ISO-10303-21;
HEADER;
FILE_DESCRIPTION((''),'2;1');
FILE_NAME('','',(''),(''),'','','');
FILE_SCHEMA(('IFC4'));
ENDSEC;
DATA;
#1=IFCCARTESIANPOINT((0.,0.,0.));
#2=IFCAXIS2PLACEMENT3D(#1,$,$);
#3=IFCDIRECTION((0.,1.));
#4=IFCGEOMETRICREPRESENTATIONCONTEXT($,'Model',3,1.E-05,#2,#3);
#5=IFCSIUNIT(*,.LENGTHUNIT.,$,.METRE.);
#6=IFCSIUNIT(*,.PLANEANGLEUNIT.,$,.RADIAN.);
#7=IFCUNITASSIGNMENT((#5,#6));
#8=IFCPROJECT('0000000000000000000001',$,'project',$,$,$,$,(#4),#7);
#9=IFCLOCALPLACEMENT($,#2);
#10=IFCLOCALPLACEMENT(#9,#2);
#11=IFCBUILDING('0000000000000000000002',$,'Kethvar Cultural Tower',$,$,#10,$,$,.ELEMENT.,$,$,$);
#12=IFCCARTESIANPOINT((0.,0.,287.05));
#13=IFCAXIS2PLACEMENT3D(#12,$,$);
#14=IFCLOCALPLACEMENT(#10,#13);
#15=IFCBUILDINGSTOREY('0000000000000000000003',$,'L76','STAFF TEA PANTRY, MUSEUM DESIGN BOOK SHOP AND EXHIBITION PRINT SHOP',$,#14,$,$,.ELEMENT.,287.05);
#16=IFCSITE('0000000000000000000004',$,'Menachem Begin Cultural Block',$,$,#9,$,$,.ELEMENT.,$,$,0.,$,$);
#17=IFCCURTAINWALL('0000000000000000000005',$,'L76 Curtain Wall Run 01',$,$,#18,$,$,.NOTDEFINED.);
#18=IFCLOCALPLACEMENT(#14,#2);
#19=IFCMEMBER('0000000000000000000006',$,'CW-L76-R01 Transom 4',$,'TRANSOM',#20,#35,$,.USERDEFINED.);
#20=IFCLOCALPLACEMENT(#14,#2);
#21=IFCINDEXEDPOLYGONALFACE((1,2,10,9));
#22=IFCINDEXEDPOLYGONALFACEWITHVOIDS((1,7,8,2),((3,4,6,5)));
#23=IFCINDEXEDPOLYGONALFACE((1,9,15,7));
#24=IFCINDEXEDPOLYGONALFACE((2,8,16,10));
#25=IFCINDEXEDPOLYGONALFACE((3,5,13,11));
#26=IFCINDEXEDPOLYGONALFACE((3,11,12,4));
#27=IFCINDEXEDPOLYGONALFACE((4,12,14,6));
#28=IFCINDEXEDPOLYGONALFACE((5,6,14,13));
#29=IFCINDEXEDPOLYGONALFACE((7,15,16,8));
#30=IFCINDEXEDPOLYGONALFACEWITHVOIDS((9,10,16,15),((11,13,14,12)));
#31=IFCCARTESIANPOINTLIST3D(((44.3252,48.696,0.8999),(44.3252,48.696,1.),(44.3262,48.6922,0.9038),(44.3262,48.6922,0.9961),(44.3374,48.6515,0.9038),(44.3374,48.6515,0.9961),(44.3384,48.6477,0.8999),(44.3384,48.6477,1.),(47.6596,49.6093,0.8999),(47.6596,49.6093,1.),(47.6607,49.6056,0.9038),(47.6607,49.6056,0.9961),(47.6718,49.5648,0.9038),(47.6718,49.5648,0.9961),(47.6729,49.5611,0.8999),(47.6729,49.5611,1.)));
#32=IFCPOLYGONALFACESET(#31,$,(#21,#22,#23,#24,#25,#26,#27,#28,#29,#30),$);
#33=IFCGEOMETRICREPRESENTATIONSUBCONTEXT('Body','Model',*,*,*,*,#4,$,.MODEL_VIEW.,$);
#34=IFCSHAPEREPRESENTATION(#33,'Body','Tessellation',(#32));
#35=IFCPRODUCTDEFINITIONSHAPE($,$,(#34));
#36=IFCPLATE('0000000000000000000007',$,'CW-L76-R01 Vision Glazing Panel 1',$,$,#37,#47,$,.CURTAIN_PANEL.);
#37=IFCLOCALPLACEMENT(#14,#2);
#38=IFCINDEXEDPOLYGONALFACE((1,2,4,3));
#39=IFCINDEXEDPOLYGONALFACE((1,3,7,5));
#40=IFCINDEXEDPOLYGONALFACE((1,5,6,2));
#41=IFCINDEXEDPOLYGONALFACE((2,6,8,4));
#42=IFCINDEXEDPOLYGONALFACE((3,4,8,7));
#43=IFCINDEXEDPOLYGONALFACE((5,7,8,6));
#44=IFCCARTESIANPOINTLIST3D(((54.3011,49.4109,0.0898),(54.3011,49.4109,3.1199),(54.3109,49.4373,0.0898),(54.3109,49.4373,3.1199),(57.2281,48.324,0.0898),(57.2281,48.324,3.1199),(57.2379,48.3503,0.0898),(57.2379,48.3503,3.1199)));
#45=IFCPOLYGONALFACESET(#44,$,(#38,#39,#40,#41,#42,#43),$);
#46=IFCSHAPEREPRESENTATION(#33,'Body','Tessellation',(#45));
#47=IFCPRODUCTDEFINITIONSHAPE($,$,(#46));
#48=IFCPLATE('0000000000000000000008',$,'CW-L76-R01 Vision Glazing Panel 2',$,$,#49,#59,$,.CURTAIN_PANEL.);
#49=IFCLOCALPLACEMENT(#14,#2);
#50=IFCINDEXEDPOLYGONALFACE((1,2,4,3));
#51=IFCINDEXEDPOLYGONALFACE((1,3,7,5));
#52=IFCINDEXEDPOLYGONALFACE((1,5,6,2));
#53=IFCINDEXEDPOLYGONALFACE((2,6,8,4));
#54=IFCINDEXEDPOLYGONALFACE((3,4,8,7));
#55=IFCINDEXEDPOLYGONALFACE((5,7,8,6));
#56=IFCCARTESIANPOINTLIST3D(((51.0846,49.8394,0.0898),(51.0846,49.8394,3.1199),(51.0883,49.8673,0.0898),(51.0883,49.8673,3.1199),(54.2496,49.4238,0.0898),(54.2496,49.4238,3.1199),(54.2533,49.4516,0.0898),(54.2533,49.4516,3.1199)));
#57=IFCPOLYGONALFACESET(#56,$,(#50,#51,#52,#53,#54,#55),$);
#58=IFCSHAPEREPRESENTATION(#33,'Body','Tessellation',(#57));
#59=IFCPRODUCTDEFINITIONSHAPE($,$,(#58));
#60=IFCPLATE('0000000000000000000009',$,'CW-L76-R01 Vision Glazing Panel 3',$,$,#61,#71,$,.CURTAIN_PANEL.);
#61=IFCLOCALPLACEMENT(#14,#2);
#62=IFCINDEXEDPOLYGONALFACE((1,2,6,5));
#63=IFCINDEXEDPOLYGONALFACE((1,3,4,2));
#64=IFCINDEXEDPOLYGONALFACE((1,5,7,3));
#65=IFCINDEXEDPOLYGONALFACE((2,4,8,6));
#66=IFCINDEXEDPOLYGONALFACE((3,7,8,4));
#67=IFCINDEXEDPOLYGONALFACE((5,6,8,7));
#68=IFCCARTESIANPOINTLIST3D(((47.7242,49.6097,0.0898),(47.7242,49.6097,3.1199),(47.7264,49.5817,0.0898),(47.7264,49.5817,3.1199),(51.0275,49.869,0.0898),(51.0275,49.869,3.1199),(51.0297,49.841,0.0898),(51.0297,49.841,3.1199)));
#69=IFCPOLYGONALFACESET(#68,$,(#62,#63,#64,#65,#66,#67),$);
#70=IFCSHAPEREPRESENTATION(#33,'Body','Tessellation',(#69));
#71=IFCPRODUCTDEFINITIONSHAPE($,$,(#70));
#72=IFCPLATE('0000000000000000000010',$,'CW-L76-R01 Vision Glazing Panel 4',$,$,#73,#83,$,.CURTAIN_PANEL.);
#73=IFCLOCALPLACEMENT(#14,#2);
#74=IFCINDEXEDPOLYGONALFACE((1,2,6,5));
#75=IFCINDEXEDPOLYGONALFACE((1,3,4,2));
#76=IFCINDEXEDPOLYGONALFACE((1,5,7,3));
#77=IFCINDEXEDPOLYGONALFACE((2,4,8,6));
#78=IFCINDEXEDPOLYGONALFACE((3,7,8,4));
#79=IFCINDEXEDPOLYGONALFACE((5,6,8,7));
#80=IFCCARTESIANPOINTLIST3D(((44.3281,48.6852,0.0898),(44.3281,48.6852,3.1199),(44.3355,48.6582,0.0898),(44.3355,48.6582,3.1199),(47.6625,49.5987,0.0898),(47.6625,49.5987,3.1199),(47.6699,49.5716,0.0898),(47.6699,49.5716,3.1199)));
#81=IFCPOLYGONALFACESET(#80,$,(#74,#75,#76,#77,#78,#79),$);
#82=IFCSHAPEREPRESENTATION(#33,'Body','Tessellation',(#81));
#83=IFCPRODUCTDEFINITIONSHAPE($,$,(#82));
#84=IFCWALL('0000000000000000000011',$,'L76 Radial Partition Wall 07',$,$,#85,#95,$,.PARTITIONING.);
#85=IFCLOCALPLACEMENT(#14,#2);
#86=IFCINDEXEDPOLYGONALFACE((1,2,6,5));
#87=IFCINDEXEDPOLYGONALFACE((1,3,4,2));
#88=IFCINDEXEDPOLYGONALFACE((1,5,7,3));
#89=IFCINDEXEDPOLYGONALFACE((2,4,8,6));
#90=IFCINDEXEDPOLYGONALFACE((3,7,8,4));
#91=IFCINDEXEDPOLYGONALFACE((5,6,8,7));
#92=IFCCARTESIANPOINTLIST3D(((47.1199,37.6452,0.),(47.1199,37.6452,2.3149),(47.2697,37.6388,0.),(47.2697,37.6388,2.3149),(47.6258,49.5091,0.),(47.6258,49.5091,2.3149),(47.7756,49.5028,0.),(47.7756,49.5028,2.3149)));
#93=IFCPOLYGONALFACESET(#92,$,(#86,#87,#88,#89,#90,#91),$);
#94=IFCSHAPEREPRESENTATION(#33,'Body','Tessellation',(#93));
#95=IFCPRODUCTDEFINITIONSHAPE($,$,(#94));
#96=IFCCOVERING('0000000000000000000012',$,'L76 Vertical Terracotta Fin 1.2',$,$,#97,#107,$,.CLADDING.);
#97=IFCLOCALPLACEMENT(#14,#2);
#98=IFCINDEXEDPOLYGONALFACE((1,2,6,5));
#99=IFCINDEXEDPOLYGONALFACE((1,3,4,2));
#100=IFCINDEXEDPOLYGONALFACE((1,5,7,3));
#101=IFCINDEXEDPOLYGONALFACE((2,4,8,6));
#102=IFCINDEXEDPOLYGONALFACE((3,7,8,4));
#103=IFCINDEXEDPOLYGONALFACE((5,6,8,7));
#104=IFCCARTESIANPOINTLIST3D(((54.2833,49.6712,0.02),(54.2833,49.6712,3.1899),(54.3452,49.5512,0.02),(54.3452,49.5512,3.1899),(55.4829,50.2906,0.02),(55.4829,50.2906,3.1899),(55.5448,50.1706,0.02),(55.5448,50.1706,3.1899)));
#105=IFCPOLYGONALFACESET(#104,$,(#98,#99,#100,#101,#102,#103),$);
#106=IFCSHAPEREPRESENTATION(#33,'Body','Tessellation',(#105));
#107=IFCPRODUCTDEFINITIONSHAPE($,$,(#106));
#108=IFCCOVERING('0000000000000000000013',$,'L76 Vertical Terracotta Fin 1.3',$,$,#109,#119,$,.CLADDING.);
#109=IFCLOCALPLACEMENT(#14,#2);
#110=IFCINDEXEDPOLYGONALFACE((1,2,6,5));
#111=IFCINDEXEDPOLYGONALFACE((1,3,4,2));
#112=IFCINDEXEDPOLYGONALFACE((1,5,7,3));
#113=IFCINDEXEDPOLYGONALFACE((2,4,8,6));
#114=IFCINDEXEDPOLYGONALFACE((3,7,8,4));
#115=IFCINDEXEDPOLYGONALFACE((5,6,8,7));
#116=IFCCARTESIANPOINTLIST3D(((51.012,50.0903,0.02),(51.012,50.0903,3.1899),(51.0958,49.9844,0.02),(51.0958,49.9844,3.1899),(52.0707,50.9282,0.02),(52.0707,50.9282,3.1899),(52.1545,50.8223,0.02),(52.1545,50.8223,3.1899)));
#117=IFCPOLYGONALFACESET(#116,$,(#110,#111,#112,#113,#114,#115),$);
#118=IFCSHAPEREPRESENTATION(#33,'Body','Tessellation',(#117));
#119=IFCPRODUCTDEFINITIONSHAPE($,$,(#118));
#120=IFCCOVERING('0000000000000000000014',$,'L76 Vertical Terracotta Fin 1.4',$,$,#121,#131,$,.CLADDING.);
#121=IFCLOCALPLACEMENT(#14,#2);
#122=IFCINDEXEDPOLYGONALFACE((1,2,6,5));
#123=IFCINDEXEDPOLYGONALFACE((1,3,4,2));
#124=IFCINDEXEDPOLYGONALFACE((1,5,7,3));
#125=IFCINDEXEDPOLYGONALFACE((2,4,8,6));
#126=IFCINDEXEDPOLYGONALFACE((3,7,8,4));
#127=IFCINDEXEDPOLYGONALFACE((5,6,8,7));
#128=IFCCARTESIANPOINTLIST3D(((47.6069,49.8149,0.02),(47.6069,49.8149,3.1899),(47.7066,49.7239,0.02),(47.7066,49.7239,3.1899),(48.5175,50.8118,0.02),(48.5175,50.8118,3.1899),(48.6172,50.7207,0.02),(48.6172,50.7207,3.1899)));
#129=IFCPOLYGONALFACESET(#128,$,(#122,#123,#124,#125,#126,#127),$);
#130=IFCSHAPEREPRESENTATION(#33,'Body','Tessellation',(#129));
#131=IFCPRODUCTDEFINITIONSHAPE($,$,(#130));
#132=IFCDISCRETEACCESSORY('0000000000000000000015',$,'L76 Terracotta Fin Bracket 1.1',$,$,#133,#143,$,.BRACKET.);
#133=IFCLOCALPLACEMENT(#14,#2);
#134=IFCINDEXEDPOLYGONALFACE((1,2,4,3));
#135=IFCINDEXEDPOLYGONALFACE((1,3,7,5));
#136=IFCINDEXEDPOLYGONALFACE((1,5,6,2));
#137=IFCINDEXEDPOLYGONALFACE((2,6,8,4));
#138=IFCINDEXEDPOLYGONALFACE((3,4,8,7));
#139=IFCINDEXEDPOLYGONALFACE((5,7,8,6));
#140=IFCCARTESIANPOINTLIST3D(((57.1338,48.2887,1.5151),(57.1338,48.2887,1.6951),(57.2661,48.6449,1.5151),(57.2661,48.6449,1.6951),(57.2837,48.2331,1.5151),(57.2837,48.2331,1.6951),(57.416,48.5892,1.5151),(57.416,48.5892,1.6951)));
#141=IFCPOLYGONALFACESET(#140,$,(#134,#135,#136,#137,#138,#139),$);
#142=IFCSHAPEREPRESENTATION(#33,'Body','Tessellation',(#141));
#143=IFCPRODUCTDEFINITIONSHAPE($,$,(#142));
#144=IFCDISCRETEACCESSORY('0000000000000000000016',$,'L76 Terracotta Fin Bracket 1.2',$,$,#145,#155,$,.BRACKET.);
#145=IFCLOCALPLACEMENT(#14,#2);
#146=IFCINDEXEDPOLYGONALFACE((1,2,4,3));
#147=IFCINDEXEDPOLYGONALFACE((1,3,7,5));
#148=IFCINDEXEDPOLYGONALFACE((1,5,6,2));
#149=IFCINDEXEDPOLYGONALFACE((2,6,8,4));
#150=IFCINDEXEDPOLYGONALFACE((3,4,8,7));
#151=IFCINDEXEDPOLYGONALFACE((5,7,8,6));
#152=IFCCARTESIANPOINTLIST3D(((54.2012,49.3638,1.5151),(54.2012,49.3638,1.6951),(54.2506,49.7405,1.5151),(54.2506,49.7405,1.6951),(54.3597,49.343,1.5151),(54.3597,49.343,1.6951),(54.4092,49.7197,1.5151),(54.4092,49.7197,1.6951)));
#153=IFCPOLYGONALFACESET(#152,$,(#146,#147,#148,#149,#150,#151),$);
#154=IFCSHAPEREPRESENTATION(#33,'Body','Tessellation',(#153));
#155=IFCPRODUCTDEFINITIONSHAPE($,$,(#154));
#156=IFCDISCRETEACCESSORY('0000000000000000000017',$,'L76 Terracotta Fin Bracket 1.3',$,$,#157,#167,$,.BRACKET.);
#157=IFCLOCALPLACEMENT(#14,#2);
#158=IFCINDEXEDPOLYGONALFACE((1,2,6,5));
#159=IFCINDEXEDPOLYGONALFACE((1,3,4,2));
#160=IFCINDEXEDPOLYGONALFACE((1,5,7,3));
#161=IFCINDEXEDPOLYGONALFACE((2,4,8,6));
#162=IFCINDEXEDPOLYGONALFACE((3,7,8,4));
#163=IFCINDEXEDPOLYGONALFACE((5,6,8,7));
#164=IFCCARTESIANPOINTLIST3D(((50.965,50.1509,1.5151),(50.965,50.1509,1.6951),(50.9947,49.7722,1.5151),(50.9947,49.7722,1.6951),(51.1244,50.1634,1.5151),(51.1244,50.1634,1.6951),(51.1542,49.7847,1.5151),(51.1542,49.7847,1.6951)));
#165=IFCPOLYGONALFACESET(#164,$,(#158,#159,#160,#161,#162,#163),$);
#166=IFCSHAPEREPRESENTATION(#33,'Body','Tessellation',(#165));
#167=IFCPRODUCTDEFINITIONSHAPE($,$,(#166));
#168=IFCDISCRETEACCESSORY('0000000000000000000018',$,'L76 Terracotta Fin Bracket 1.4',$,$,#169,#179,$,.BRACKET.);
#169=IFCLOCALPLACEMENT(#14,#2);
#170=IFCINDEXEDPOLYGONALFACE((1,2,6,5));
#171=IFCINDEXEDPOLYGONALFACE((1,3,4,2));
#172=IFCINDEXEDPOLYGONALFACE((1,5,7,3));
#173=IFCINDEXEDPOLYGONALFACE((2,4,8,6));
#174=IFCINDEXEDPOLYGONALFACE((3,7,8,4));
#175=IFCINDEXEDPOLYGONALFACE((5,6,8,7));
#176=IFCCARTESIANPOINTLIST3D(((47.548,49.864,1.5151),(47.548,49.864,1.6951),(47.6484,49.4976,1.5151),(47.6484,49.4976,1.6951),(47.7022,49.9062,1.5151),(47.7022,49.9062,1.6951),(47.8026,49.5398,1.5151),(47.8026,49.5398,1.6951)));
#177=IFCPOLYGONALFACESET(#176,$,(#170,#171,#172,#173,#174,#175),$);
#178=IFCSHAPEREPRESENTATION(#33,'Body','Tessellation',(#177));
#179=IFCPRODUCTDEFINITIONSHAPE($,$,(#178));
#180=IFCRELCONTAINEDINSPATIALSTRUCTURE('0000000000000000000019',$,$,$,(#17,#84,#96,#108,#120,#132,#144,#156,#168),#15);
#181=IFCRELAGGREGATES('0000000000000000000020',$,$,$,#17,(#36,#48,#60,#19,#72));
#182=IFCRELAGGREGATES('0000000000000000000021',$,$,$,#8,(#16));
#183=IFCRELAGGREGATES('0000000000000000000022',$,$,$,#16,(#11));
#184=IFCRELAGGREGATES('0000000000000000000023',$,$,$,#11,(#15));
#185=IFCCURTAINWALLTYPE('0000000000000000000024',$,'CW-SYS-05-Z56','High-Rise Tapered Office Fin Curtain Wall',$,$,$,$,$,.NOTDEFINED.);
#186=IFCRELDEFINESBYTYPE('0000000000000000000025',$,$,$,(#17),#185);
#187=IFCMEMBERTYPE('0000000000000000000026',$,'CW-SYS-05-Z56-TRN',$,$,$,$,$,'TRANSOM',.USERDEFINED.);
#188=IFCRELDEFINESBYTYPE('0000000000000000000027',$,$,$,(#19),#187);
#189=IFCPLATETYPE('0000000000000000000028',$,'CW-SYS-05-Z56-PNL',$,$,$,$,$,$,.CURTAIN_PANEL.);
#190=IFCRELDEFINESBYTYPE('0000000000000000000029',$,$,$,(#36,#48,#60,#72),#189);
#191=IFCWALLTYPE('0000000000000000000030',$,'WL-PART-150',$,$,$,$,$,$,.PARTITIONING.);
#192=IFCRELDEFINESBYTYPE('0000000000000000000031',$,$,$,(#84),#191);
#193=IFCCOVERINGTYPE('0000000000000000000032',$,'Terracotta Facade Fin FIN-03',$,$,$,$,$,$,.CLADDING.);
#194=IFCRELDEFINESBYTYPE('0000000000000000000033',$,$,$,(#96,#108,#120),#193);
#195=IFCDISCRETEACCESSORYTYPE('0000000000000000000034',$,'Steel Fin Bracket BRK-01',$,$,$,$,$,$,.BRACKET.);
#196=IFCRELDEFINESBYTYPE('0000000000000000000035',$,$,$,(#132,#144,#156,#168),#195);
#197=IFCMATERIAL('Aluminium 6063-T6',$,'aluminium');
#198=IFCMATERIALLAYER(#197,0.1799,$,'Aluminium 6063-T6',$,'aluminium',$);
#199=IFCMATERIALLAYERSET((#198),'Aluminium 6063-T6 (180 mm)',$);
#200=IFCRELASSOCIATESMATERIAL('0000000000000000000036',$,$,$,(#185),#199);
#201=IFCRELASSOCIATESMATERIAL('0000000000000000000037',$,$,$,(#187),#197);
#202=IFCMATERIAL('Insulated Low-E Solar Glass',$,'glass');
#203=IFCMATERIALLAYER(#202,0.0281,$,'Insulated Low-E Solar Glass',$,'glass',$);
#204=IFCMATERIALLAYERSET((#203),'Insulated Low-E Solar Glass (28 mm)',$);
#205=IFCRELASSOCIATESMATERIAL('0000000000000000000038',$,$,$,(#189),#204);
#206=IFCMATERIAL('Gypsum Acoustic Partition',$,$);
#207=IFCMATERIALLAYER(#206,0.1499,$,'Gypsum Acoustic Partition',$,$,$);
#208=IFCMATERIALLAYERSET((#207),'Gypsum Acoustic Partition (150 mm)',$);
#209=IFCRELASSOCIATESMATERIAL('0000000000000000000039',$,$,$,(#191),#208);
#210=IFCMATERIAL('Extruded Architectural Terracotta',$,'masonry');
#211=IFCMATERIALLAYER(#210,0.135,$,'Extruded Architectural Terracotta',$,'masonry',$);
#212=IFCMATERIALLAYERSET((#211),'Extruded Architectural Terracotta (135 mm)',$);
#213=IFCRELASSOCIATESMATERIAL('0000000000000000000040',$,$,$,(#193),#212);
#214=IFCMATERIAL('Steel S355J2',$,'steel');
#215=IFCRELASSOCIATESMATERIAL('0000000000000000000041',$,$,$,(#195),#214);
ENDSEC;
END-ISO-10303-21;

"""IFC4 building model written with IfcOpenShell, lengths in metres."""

from ifc_helpers import new_model, si_unit, direction, frame, frame_2d, origin, origin_2d, place, context, subcontext, project, spatial, rectangle, hollow_rectangle, extrude, source, transform, mapped, material, layer, layer_set, material_profile, profile_set, type_object, element, aggregate, save


model = new_model("IFC4")

# Units and contexts
model_context = context("Model", 3, precision=1e-05, world=origin(), true_north=direction((0.0, 1.0)))
body_context = subcontext(model_context, "Body", "Model", "MODEL_VIEW")
ifc_project = project(units=[si_unit("LENGTHUNIT", "METRE"), si_unit("PLANEANGLEUNIT", "RADIAN")], contexts=[model_context])

# Site, building, storey
site_placement = place(None, origin())
site = spatial("IfcSite", under=ifc_project, at=site_placement, Name="Menachem Begin Cultural Block", CompositionType="ELEMENT", RefElevation=0.0)
building_placement = place(site_placement, origin())
building = spatial("IfcBuilding", under=site, at=building_placement, Name="Kethvar Cultural Tower", CompositionType="ELEMENT")
storey_placement = place(building_placement, frame((0.0, 0.0, 287.05)))
storey = spatial("IfcBuildingStorey", under=building, at=storey_placement, Name="L76", Description="STAFF TEA PANTRY, MUSEUM DESIGN BOOK SHOP AND EXHIBITION PRINT SHOP", CompositionType="ELEMENT", Elevation=287.05)

# Shared definitions
ifc_material_1 = material(Name="Steel S355J2", Category="steel")

# Curtain wall, member, plates
ifc_material_2 = material(Name="Aluminium 6063-T6", Category="aluminium")
ifc_layer_1 = layer(ifc_material_2, 0.1799, Name="Aluminium 6063-T6", Category="aluminium")
ifc_layer_set_1 = layer_set([ifc_layer_1], Name="Aluminium 6063-T6 (180 mm)")
curtain_wall_type = type_object("IfcCurtainWallType", Name="CW-SYS-05-Z56", Description="High-Rise Tapered Office Fin Curtain Wall", PredefinedType="NOTDEFINED", material=ifc_layer_set_1)
curtain_wall_placement = place(storey_placement, origin())
curtain_wall = element("IfcCurtainWall", 1, at=curtain_wall_placement, inside=storey, type_object=curtain_wall_type, Name="L76 Curtain Wall Run 01", PredefinedType="NOTDEFINED")
ifc_material_profile_1 = material_profile(ifc_material_2, hollow_rectangle(XDim=0.05, YDim=0.1001, WallThickness=0.0039, at=origin_2d()), Name="Aluminium 6063-T6 — RHS100x50x4")
ifc_profile_set_1 = profile_set([ifc_material_profile_1], Name="Aluminium 6063-T6 — RHS100x50x4")
member_type_1 = type_object("IfcMemberType", Name="CW-SYS-05-Z56-TRN", ElementType="TRANSOM", PredefinedType="USERDEFINED", material=ifc_profile_set_1)
shared_shape_1 = source(origin(), body_context, "Body", "SweptSolid", [
    extrude(hollow_rectangle(XDim=0.05, YDim=0.1001, WallThickness=0.0039, at=origin_2d()), origin(), (0.0, 0.0, 1.0), 3.4573),
])
member_1_placement = place(storey_placement, frame((47.6663, 49.5852, 0.95), z_axis=(-0.964475, -0.264175, 0.0), x_axis=(0.264175, -0.964475, 0.0)))
member_1 = element("IfcMember", 2, at=member_1_placement, type_object=member_type_1, Name="CW-L76-R01 Transom 4", ObjectType="TRANSOM", PredefinedType="USERDEFINED", context=body_context, shape_type="MappedRepresentation", body=[
    mapped(shared_shape_1, transform((0.0, 0.0, 0.0), scale=1.0)),
])
ifc_material_3 = material(Name="Insulated Low-E Solar Glass", Category="glass")
ifc_layer_2 = layer(ifc_material_3, 0.0281, Name="Insulated Low-E Solar Glass", Category="glass")
ifc_layer_set_2 = layer_set([ifc_layer_2], Name="Insulated Low-E Solar Glass (28 mm)")
plate_type = type_object("IfcPlateType", Name="CW-SYS-05-Z56-PNL", PredefinedType="CURTAIN_PANEL", material=ifc_layer_set_2)
shared_shape_2 = source(origin(), body_context, "Body", "SweptSolid", [
    extrude(rectangle(XDim=3.1223, YDim=0.0281, at=origin_2d()), origin(), (0.0, 0.0, 1.0), 3.03),
])
plate_1_placement = place(storey_placement, frame((55.7695, 48.8806, 0.0898), z_axis=(0.0, 0.0, 1.0), x_axis=(-0.937446, 0.34813, 0.0)))
plate_1 = element("IfcPlate", 3, at=plate_1_placement, type_object=plate_type, Name="CW-L76-R01 Vision Glazing Panel 1", PredefinedType="CURTAIN_PANEL", context=body_context, shape_type="MappedRepresentation", body=[
    mapped(shared_shape_2, transform((0.0, 0.0, 0.0), scale=1.0)),
])
shared_shape_3 = source(origin(), body_context, "Body", "SweptSolid", [
    extrude(rectangle(XDim=3.1921, YDim=0.0281, at=origin_2d()), origin(), (0.0, 0.0, 1.0), 3.03),
])
plate_2_placement = place(storey_placement, frame((52.6689, 49.6455, 0.0898), z_axis=(0.0, 0.0, 1.0), x_axis=(-0.991486, 0.130215, 0.0)))
plate_2 = element("IfcPlate", 4, at=plate_2_placement, type_object=plate_type, Name="CW-L76-R01 Vision Glazing Panel 2", PredefinedType="CURTAIN_PANEL", context=body_context, shape_type="MappedRepresentation", body=[
    mapped(shared_shape_3, transform((0.0, 0.0, 0.0), scale=1.0)),
])
shared_shape_4 = source(origin(), body_context, "Body", "SweptSolid", [
    extrude(rectangle(XDim=3.3135, YDim=0.0281, at=origin_2d()), origin(), (0.0, 0.0, 1.0), 3.03),
])
plate_3_placement = place(storey_placement, frame((49.377, 49.7253, 0.0898), z_axis=(0.0, 0.0, 1.0), x_axis=(-0.996934, -0.07825, 0.0)))
plate_3 = element("IfcPlate", 5, at=plate_3_placement, type_object=plate_type, Name="CW-L76-R01 Vision Glazing Panel 3", PredefinedType="CURTAIN_PANEL", context=body_context, shape_type="MappedRepresentation", body=[
    mapped(shared_shape_4, transform((0.0, 0.0, 0.0), scale=1.0)),
])
shared_shape_5 = source(origin(), body_context, "Body", "SweptSolid", [
    extrude(rectangle(XDim=3.4573, YDim=0.0281, at=origin_2d()), origin(), (0.0, 0.0, 1.0), 3.03),
])
plate_4_placement = place(storey_placement, frame((45.999, 49.1284, 0.0898), z_axis=(0.0, 0.0, 1.0), x_axis=(-0.964465, -0.26421, 0.0)))
plate_4 = element("IfcPlate", 6, at=plate_4_placement, type_object=plate_type, Name="CW-L76-R01 Vision Glazing Panel 4", PredefinedType="CURTAIN_PANEL", context=body_context, shape_type="MappedRepresentation", body=[
    mapped(shared_shape_5, transform((0.0, 0.0, 0.0), scale=1.0)),
])
aggregate(curtain_wall, [plate_1, plate_2, plate_3, member_1, plate_4])

# Wall
ifc_material_4 = material(Name="Gypsum Acoustic Partition")
ifc_layer_3 = layer(ifc_material_4, 0.1499, Name="Gypsum Acoustic Partition")
ifc_layer_set_3 = layer_set([ifc_layer_3], Name="Gypsum Acoustic Partition (150 mm)")
wall_type = type_object("IfcWallType", Name="WL-PART-150", PredefinedType="PARTITIONING", material=ifc_layer_set_3)
wall_placement = place(storey_placement, frame((47.1948, 37.6418, 0.0), z_axis=(0.0, 0.0, 1.0), x_axis=(0.042599, 0.999092, 0.0)))
element("IfcWall", 7, at=wall_placement, inside=storey, type_object=wall_type, Name="L76 Radial Partition Wall 07", PredefinedType="PARTITIONING", context=body_context, shape_type="SweptSolid", body=[
    extrude(rectangle(XDim=11.8748, YDim=0.1499, at=frame_2d((5.9375, 0.0))), origin(), (0.0, 0.0, 1.0), 2.3149),
])

# Coverings
ifc_material_5 = material(Name="Extruded Architectural Terracotta", Category="masonry")
ifc_layer_4 = layer(ifc_material_5, 0.135, Name="Extruded Architectural Terracotta", Category="masonry")
ifc_layer_set_4 = layer_set([ifc_layer_4], Name="Extruded Architectural Terracotta (135 mm)")
covering_type = type_object("IfcCoveringType", Name="Terracotta Facade Fin FIN-03", PredefinedType="CLADDING", material=ifc_layer_set_4)
shared_shape_6 = source(origin(), body_context, "Body", "SweptSolid", [
    extrude(rectangle(XDim=1.3501, YDim=0.135, at=origin_2d()), origin(), (0.0, 0.0, 1.0), 3.1699),
])
for number, where, z_axis, x_axis, name in (
    (8, (54.9141, 49.9209, 0.02), (0.0, 0.0, 1.0), (0.888537, 0.458805, 0.0), "L76 Vertical Terracotta Fin 1.2"),
    (9, (51.5833, 50.4563, 0.02), (0.0, 0.0, 1.0), (0.784127, 0.620601, 0.0), "L76 Vertical Terracotta Fin 1.3"),
    (10, (48.1121, 50.2678, 0.02), (0.0, 0.0, 1.0), (0.674431, 0.738338, 0.0), "L76 Vertical Terracotta Fin 1.4"),
):
    element("IfcCovering", number, at=place(storey_placement, frame(where, z_axis=z_axis, x_axis=x_axis)), inside=storey, type_object=covering_type, Name=name, PredefinedType="CLADDING", context=body_context, shape_type="MappedRepresentation", body=[
        mapped(shared_shape_6, transform((0.0, 0.0, 0.0), scale=1.0)),
    ])

# Discrete accessories
discrete_accessory_type = type_object("IfcDiscreteAccessoryType", Name="Steel Fin Bracket BRK-01", PredefinedType="BRACKET", material=ifc_material_1)
shared_shape_7 = source(origin(), body_context, "Body", "SweptSolid", [
    extrude(rectangle(XDim=0.3799, YDim=0.1599, at=origin_2d()), origin(), (0.0, 0.0, 1.0), 0.1799),
])
for number, where, z_axis, x_axis, name in (
    (11, (57.2749, 48.439, 1.5151), (0.0, 0.0, 1.0), (0.348081, 0.937464, 0.0), "L76 Terracotta Fin Bracket 1.1"),
    (12, (54.3052, 49.5417, 1.5151), (0.0, 0.0, 1.0), (0.13018, 0.99149, 0.0), "L76 Terracotta Fin Bracket 1.2"),
    (13, (51.0596, 49.9678, 1.5151), (0.0, 0.0, 1.0), (-0.078285, 0.996931, 0.0), "L76 Terracotta Fin Bracket 1.3"),
    (14, (47.6753, 49.7019, 1.5151), (0.0, 0.0, 1.0), (-0.26421, 0.964465, 0.0), "L76 Terracotta Fin Bracket 1.4"),
):
    element("IfcDiscreteAccessory", number, at=place(storey_placement, frame(where, z_axis=z_axis, x_axis=x_axis)), inside=storey, type_object=discrete_accessory_type, Name=name, PredefinedType="BRACKET", context=body_context, shape_type="MappedRepresentation", body=[
        mapped(shared_shape_7, transform((0.0, 0.0, 0.0), scale=1.0)),
    ])

save(model, "model.ifc")
